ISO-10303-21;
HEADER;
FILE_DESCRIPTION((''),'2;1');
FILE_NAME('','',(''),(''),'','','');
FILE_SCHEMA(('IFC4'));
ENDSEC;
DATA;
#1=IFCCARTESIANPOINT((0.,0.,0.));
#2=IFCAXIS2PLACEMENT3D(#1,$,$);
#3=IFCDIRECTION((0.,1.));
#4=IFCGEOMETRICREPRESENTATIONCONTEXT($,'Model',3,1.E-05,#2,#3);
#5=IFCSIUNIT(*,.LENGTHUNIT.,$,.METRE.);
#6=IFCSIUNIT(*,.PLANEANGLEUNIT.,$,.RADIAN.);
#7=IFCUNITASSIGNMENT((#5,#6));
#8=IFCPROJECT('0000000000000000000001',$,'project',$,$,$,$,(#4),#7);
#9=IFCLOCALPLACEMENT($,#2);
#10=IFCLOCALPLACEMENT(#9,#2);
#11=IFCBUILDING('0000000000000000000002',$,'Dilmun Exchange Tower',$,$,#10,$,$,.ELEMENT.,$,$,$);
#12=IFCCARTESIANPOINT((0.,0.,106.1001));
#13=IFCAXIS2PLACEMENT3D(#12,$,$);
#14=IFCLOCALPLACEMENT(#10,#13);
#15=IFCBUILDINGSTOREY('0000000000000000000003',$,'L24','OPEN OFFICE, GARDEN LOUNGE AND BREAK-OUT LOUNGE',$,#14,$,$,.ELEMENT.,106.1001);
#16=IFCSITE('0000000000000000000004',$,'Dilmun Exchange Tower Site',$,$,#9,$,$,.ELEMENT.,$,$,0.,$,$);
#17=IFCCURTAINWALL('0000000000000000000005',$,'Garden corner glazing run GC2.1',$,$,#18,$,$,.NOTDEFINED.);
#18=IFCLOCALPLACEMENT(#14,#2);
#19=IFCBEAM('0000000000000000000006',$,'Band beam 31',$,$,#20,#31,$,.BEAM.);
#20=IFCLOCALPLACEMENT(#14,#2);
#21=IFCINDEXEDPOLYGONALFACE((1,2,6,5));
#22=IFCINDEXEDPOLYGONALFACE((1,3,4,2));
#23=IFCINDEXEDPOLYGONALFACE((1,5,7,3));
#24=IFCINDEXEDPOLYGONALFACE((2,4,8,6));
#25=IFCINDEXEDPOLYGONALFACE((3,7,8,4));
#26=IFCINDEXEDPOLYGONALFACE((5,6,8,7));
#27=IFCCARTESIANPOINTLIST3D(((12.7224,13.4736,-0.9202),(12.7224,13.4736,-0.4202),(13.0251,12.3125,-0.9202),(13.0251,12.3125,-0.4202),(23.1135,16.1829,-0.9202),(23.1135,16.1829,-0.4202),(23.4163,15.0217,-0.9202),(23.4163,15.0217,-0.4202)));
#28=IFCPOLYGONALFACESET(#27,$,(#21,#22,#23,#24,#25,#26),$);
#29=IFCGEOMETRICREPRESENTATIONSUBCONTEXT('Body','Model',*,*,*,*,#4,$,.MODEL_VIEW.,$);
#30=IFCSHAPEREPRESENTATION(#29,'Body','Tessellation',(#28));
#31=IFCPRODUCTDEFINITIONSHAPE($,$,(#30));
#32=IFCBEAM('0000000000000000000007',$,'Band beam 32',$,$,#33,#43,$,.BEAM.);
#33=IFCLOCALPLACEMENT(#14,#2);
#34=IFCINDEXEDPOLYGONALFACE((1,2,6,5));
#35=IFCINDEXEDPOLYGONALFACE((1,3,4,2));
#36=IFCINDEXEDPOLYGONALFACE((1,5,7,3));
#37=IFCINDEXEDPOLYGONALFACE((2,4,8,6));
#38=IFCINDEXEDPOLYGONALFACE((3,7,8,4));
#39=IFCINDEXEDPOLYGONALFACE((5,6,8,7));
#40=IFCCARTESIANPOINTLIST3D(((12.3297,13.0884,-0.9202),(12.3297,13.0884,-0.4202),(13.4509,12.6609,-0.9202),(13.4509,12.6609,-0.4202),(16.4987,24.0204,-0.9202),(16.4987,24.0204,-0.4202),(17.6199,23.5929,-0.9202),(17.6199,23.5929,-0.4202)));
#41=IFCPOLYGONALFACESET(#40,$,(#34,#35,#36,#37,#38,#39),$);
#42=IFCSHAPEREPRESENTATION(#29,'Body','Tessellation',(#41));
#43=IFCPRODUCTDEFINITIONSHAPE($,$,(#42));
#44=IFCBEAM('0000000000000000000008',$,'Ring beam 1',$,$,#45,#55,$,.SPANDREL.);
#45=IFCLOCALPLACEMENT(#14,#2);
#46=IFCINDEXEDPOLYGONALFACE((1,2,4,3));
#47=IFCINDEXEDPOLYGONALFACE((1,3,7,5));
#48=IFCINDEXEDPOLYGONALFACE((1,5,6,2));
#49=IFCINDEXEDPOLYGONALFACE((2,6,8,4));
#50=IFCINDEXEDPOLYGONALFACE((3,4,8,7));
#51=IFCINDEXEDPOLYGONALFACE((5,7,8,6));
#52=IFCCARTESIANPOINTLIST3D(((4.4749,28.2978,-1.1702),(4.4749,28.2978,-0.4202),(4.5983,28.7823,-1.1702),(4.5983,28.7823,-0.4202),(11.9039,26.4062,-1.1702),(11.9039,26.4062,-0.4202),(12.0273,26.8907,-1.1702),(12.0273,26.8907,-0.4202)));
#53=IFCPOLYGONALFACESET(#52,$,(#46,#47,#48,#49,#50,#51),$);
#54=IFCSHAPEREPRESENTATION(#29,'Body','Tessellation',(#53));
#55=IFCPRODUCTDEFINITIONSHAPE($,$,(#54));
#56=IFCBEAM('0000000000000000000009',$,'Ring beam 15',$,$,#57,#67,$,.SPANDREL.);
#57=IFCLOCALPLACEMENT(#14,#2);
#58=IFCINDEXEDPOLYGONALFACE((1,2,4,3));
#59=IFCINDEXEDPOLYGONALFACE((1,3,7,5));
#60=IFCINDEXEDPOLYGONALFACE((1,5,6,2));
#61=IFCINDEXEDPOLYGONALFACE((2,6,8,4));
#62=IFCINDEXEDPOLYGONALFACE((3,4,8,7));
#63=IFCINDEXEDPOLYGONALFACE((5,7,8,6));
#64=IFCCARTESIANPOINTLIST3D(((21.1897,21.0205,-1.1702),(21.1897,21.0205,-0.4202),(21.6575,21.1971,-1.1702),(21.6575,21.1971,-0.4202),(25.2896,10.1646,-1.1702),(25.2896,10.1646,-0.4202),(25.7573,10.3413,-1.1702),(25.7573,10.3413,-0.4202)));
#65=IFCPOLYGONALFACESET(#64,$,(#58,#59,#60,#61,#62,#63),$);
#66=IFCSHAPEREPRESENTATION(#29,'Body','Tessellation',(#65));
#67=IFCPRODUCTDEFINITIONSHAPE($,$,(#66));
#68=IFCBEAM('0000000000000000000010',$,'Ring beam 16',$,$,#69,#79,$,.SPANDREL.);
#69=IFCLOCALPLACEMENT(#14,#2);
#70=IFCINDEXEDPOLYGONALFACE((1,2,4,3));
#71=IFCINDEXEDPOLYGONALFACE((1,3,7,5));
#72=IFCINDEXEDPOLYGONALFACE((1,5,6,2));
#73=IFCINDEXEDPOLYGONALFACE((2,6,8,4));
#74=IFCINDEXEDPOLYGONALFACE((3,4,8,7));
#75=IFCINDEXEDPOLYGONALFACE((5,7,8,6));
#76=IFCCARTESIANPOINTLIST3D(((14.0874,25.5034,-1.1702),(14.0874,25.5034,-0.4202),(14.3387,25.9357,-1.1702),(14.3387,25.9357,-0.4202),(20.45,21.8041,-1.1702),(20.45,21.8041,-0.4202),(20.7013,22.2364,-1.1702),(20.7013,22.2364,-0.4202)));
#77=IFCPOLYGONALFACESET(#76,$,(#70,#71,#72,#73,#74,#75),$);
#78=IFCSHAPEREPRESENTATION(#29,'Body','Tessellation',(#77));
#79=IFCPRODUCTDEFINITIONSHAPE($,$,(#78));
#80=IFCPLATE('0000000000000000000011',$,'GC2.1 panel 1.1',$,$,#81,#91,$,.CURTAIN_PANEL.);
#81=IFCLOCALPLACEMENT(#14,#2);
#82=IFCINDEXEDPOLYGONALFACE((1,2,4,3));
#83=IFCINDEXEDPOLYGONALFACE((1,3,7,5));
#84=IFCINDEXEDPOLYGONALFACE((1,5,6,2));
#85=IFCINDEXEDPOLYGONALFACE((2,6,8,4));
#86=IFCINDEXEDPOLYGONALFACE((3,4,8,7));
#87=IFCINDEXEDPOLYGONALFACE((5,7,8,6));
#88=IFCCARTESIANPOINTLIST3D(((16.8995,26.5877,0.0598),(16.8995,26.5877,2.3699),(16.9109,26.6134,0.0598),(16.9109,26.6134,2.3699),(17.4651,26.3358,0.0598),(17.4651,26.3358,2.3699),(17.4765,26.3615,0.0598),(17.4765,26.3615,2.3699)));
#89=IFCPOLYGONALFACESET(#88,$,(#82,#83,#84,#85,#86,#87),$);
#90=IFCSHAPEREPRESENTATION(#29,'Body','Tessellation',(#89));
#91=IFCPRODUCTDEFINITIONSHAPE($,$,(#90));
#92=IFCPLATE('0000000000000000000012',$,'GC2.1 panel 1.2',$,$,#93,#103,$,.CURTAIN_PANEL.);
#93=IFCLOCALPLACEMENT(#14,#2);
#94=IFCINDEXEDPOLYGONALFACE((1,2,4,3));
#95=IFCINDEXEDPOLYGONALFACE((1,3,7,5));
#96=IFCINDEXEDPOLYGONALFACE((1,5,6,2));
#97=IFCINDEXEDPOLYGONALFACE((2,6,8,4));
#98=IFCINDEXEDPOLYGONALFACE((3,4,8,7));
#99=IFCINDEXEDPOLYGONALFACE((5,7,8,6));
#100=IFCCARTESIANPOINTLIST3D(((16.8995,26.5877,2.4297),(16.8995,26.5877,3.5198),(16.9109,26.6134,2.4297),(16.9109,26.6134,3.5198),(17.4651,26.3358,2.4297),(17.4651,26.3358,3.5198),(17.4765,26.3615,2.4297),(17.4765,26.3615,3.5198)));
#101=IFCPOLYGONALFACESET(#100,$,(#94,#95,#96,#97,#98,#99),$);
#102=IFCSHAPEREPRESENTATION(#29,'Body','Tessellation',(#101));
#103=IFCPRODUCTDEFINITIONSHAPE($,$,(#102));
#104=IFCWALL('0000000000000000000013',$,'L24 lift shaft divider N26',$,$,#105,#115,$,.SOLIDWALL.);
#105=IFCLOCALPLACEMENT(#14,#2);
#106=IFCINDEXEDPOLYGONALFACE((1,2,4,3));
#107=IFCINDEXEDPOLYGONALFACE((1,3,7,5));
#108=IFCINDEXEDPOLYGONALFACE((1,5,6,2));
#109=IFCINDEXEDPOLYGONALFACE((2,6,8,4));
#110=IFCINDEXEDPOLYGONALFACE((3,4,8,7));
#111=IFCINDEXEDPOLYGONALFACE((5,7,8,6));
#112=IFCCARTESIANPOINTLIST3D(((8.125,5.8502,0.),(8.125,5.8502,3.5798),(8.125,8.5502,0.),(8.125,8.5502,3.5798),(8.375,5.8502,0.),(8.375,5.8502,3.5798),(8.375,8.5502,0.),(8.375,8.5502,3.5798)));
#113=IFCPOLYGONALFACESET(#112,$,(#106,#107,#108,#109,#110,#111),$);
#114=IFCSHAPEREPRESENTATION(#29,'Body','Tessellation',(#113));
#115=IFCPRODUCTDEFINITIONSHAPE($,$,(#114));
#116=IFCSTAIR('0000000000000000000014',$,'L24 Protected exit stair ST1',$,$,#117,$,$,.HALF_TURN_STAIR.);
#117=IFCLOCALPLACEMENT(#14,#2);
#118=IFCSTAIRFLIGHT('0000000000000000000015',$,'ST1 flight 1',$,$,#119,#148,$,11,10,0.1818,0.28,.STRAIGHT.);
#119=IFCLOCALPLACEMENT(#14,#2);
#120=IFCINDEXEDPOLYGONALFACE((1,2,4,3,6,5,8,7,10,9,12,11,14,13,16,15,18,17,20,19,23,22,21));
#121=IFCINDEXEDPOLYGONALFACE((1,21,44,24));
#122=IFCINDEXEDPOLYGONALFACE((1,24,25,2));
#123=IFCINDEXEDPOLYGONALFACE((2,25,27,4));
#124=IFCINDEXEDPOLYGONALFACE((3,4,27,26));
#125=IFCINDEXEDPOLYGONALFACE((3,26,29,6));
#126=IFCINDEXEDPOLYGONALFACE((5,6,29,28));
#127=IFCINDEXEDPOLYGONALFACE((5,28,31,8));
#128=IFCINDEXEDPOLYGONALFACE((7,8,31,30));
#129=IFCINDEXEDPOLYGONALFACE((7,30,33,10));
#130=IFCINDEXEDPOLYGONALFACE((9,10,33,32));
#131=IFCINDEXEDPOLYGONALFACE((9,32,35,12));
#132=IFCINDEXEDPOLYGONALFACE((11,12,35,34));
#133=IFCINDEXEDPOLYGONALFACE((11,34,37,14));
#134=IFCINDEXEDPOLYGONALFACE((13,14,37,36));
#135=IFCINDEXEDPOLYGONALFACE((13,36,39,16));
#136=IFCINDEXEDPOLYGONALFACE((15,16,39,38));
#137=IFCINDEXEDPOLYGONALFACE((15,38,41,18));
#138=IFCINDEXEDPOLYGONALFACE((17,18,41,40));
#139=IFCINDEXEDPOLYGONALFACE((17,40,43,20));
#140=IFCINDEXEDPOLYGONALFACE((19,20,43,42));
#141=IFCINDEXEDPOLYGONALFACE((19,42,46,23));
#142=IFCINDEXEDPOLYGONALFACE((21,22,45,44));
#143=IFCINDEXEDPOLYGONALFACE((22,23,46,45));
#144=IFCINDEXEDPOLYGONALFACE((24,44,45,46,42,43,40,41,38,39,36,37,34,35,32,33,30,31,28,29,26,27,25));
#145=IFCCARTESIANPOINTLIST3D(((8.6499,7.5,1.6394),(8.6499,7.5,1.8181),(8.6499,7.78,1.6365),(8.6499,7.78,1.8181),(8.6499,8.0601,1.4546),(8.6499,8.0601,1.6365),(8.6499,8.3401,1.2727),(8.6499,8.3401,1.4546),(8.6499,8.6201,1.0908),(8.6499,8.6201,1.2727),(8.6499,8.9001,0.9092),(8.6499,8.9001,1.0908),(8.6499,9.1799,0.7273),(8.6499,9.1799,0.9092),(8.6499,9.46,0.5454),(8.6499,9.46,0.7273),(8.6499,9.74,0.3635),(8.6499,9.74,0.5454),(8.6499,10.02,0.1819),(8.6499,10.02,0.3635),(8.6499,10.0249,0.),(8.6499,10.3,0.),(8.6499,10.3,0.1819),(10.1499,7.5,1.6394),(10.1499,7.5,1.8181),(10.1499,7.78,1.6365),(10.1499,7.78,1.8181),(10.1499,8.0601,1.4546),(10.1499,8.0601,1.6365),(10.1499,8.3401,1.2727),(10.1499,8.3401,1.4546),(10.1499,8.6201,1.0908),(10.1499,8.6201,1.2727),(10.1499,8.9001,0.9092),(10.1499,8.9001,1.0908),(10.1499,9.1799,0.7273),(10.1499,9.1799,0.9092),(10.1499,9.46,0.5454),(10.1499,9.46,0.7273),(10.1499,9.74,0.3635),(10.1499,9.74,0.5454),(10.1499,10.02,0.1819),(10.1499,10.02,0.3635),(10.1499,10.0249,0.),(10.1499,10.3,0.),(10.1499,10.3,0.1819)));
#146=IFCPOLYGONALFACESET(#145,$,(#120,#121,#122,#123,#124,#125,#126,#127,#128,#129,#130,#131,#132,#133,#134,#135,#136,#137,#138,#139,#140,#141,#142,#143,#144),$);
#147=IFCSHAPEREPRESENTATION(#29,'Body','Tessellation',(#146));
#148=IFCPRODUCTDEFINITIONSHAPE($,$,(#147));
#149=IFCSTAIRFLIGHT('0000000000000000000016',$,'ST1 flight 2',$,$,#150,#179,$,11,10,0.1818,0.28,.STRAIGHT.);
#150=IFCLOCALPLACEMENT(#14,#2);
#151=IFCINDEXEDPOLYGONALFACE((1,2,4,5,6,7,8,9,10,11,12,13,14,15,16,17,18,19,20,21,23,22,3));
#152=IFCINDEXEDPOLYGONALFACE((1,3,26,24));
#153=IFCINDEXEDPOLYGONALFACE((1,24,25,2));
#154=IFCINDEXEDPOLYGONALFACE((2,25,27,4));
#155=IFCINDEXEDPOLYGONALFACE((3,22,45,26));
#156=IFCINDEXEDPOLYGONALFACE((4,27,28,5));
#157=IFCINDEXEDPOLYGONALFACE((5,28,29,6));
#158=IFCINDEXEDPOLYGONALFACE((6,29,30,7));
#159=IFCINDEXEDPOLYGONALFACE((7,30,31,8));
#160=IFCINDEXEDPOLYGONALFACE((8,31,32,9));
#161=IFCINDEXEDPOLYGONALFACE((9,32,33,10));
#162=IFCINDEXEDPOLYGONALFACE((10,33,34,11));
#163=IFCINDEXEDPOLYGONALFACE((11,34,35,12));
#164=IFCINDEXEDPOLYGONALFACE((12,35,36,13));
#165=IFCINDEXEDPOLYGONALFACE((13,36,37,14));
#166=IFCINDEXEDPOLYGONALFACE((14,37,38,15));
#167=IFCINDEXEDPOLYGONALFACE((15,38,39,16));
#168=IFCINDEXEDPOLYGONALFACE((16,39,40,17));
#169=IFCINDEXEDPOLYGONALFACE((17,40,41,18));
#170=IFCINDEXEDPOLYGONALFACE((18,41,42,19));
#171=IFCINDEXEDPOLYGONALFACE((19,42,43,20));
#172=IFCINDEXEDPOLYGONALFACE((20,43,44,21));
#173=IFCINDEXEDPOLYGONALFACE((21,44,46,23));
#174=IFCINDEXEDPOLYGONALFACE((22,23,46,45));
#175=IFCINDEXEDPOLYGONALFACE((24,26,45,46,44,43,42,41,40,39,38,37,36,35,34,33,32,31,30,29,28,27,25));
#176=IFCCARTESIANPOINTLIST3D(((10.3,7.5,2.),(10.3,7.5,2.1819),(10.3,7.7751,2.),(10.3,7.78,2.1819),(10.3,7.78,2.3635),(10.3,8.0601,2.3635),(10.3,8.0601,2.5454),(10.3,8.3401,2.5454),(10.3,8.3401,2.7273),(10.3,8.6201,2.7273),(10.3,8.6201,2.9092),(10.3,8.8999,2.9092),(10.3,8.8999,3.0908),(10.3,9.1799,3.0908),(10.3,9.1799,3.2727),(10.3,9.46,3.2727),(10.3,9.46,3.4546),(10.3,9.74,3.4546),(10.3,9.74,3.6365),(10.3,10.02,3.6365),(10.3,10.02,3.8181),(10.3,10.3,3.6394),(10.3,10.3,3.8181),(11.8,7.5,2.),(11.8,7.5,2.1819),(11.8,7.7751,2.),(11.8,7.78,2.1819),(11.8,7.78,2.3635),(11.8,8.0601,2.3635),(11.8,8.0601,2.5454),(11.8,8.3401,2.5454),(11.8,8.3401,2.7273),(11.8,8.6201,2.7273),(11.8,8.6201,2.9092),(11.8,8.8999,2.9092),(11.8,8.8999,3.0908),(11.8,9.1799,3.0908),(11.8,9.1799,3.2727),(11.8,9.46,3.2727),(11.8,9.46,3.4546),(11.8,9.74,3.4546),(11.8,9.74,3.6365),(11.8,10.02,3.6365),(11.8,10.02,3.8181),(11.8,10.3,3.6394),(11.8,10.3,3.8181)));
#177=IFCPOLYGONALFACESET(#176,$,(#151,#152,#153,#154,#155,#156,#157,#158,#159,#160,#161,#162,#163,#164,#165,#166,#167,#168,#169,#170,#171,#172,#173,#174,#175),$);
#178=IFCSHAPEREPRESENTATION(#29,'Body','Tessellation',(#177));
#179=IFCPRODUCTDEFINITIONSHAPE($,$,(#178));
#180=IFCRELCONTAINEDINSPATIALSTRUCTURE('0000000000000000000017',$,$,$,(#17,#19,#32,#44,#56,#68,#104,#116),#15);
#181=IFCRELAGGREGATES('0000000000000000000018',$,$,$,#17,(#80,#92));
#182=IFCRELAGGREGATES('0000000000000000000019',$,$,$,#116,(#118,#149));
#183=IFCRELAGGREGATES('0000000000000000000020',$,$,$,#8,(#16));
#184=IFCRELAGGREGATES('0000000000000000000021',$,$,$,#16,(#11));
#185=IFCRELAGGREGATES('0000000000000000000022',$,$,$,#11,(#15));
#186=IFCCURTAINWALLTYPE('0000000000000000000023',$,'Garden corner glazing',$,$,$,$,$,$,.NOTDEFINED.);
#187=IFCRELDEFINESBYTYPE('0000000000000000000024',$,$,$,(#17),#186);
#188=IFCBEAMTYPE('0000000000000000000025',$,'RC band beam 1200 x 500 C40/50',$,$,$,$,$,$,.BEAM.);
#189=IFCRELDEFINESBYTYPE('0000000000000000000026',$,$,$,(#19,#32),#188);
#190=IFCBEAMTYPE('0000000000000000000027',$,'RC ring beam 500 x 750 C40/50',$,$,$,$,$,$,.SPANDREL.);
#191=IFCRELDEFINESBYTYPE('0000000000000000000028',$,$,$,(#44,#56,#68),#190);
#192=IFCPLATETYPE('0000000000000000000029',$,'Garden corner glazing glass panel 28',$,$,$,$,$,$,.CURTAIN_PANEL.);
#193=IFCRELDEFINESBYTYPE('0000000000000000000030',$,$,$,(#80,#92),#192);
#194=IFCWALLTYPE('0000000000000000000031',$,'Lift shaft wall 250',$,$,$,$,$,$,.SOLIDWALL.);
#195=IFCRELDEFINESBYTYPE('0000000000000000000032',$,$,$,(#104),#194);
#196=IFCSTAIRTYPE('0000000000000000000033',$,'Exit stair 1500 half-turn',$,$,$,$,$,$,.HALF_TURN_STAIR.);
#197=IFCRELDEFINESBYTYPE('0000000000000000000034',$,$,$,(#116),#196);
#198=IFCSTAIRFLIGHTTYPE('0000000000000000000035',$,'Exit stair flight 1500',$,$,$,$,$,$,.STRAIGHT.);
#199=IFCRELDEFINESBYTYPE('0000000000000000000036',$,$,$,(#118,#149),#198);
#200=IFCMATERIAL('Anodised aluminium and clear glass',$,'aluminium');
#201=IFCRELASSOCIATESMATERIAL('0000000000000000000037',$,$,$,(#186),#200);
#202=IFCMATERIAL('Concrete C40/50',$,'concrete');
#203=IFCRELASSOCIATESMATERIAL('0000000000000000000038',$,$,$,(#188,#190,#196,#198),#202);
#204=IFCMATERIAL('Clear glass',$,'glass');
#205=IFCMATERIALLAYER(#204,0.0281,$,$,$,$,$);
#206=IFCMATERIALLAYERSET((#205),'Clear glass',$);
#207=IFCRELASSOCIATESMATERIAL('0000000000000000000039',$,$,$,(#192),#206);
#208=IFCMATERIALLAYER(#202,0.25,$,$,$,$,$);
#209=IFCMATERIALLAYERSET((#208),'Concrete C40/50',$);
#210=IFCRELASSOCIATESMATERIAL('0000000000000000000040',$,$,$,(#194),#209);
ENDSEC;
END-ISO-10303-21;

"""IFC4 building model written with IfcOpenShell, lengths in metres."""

from ifc_helpers import new_model, si_unit, direction, frame, frame_2d, origin, origin_2d, place, context, subcontext, project, spatial, polyline, rectangle, outline, extrude, material, layer, layer_set, material_profile, profile_set, type_object, element, aggregate, save


model = new_model("IFC4")

# Units and contexts
model_context = context("Model", 3, precision=1e-05, world=origin(), true_north=direction((0.0, 1.0)))
body_context = subcontext(model_context, "Body", "Model", "MODEL_VIEW")
ifc_project = project(units=[si_unit("LENGTHUNIT", "METRE"), si_unit("PLANEANGLEUNIT", "RADIAN")], contexts=[model_context])

# Site, building, storey
site_placement = place(None, origin())
site = spatial("IfcSite", under=ifc_project, at=site_placement, Name="Dilmun Exchange Tower Site", CompositionType="ELEMENT", RefElevation=0.0)
building_placement = place(site_placement, origin())
building = spatial("IfcBuilding", under=site, at=building_placement, Name="Dilmun Exchange Tower", CompositionType="ELEMENT")
storey_placement = place(building_placement, frame((0.0, 0.0, 106.1001)))
storey = spatial("IfcBuildingStorey", under=building, at=storey_placement, Name="L24", Description="OPEN OFFICE, GARDEN LOUNGE AND BREAK-OUT LOUNGE", CompositionType="ELEMENT", Elevation=106.1001)

# Shared definitions
ifc_material_1 = material(Name="Anodised aluminium and clear glass", Category="aluminium")
curtain_wall_type = type_object("IfcCurtainWallType", Name="Garden corner glazing", PredefinedType="NOTDEFINED", material=ifc_material_1)

# Curtain wall
curtain_wall_1_placement = place(storey_placement, origin())
curtain_wall_1 = element("IfcCurtainWall", 1, at=curtain_wall_1_placement, inside=storey, type_object=curtain_wall_type, Name="Garden corner glazing run GC2.1", PredefinedType="NOTDEFINED")

# Beams
ifc_material_2 = material(Name="Concrete C40/50", Category="concrete")
ifc_material_profile_1 = material_profile(ifc_material_2, rectangle(XDim=1.2, YDim=0.5, at=origin_2d()), Name="1200 x 500")
ifc_profile_set_1 = profile_set([ifc_material_profile_1], Name="Concrete C40/50")
beam_type_1 = type_object("IfcBeamType", Name="RC band beam 1200 x 500 C40/50", PredefinedType="BEAM", material=ifc_profile_set_1)
beam_1_placement = place(storey_placement, frame((23.2649, 15.6023, -0.6702), z_axis=(-0.967651, -0.252291, 0.0), x_axis=(0.252291, -0.967651, 0.0)))
element("IfcBeam", 2, at=beam_1_placement, inside=storey, type_object=beam_type_1, Name="Band beam 31", PredefinedType="BEAM", context=body_context, shape_type="SweptSolid", body=[
    extrude(rectangle(XDim=1.2, YDim=0.5, at=origin_2d()), origin(), (0.0, 0.0, 1.0), 10.7385),
])
beam_2_placement = place(storey_placement, frame((17.0593, 23.8066, -0.6702), z_axis=(-0.356325, -0.934362, 0.0), x_axis=(0.934362, -0.356325, 0.0)))
element("IfcBeam", 3, at=beam_2_placement, inside=storey, type_object=beam_type_1, Name="Band beam 32", PredefinedType="BEAM", context=body_context, shape_type="SweptSolid", body=[
    extrude(rectangle(XDim=1.2, YDim=0.5, at=origin_2d()), origin(), (0.0, 0.0, 1.0), 11.7),
])
ifc_material_profile_2 = material_profile(ifc_material_2, rectangle(XDim=0.5, YDim=0.75, at=origin_2d()), Name="500 x 750")
ifc_profile_set_2 = profile_set([ifc_material_profile_2], Name="Concrete C40/50")
beam_type_2 = type_object("IfcBeamType", Name="RC ring beam 500 x 750 C40/50", PredefinedType="SPANDREL", material=ifc_profile_set_2)
beam_3_placement = place(storey_placement, frame((11.9656, 26.6484, -0.7952), z_axis=(-0.969079, 0.246752, 0.0), x_axis=(-0.246752, -0.969079, 0.0)))
element("IfcBeam", 4, at=beam_3_placement, inside=storey, type_object=beam_type_2, Name="Ring beam 1", PredefinedType="SPANDREL", context=body_context, shape_type="SweptSolid", body=[
    extrude(rectangle(XDim=0.5, YDim=0.75, at=origin_2d()), origin(), (0.0, 0.0, 1.0), 7.666),
])
beam_4_placement = place(storey_placement, frame((25.5234, 10.2529, -0.7952), z_axis=(-0.353304, 0.935509, 0.0), x_axis=(-0.935509, -0.353304, 0.0)))
element("IfcBeam", 5, at=beam_4_placement, inside=storey, type_object=beam_type_2, Name="Ring beam 15", PredefinedType="SPANDREL", context=body_context, shape_type="SweptSolid", body=[
    extrude(rectangle(XDim=0.5, YDim=0.75, at=origin_2d()), origin(), (0.0, 0.0, 1.0), 11.6042),
])
beam_5_placement = place(storey_placement, frame((20.5757, 22.0203, -0.7952), z_axis=(-0.864503, 0.502627, 0.0), x_axis=(-0.502627, -0.864503, 0.0)))
element("IfcBeam", 6, at=beam_5_placement, inside=storey, type_object=beam_type_2, Name="Ring beam 16", PredefinedType="SPANDREL", context=body_context, shape_type="SweptSolid", body=[
    extrude(rectangle(XDim=0.5, YDim=0.75, at=origin_2d()), origin(), (0.0, 0.0, 1.0), 7.3599),
])

# Plates
ifc_material_3 = material(Name="Clear glass", Category="glass")
ifc_layer_1 = layer(ifc_material_3, 0.0281)
ifc_layer_set_1 = layer_set([ifc_layer_1], Name="Clear glass")
plate_type = type_object("IfcPlateType", Name="Garden corner glazing glass panel 28", PredefinedType="CURTAIN_PANEL", material=ifc_layer_set_1)
plate_1_placement = place(storey_placement, frame((17.188, 26.4746, 0.0598), z_axis=(0.0, 0.0, 1.0), x_axis=(-0.913504, 0.406829, 0.0)))
plate_1 = element("IfcPlate", 7, at=plate_1_placement, type_object=plate_type, Name="GC2.1 panel 1.1", PredefinedType="CURTAIN_PANEL", context=body_context, shape_type="SweptSolid", body=[
    extrude(rectangle(XDim=0.6191, YDim=0.0281, at=origin_2d()), origin(), (0.0, 0.0, 1.0), 2.3101),
])
plate_2_placement = place(storey_placement, frame((17.188, 26.4746, 2.4297), z_axis=(0.0, 0.0, 1.0), x_axis=(-0.913504, 0.406829, 0.0)))
plate_2 = element("IfcPlate", 8, at=plate_2_placement, type_object=plate_type, Name="GC2.1 panel 1.2", PredefinedType="CURTAIN_PANEL", context=body_context, shape_type="SweptSolid", body=[
    extrude(rectangle(XDim=0.6191, YDim=0.0281, at=origin_2d()), origin(), (0.0, 0.0, 1.0), 1.0901),
])
aggregate(curtain_wall_1, [plate_1, plate_2])

# Wall
ifc_layer_2 = layer(ifc_material_2, 0.25)
ifc_layer_set_2 = layer_set([ifc_layer_2], Name="Concrete C40/50")
wall_type_1 = type_object("IfcWallType", Name="Lift shaft wall 250", PredefinedType="SOLIDWALL", material=ifc_layer_set_2)
wall_1_placement = place(storey_placement, frame((8.25, 5.8501, 0.0), z_axis=(0.0, 0.0, 1.0), x_axis=(0.0, 1.0, 0.0)))
element("IfcWall", 9, at=wall_1_placement, inside=storey, type_object=wall_type_1, Name="L24 lift shaft divider N26", PredefinedType="SOLIDWALL", context=body_context, shape_type="SweptSolid", body=[
    extrude(rectangle(XDim=2.7, YDim=0.25, at=frame_2d((1.3501, 0.0))), origin(), (0.0, 0.0, 1.0), 3.5798),
])

# Stair, stair flights
stair_type = type_object("IfcStairType", Name="Exit stair 1500 half-turn", PredefinedType="HALF_TURN_STAIR", material=ifc_material_2)
stair_placement = place(storey_placement, origin())
stair = element("IfcStair", 10, at=stair_placement, inside=storey, type_object=stair_type, Name="L24 Protected exit stair ST1", PredefinedType="HALF_TURN_STAIR")
stair_flight_type = type_object("IfcStairFlightType", Name="Exit stair flight 1500", PredefinedType="STRAIGHT", material=ifc_material_2)
stair_flight_1_placement = place(storey_placement, frame((9.3999, 10.3, 0.0), z_axis=(0.0, 0.0, 1.0), x_axis=(0.0, -1.0, 0.0)))
stair_flight_1 = element("IfcStairFlight", 11, at=stair_flight_1_placement, type_object=stair_flight_type, Name="ST1 flight 1", NumberOfRisers=11, NumberOfTreads=10, PredefinedType="STRAIGHT", RiserHeight=0.1818, TreadLength=0.28, context=body_context, shape_type="SweptSolid", body=[
    extrude(outline(polyline([(0.0, 0.0), (0.0, 0.1819), (0.28, 0.1819), (0.28, 0.3635), (0.5601, 0.3635), (0.5601, 0.5454), (0.8401, 0.5454), (0.8401, 0.7273), (1.1201, 0.7273), (1.1201, 0.9092), (1.3999, 0.9092), (1.3999, 1.0908), (1.6799, 1.0908), (1.6799, 1.2727), (1.96, 1.2727), (1.96, 1.4546), (2.24, 1.4546), (2.24, 1.6365), (2.52, 1.6365), (2.52, 1.8181), (2.8, 1.8181), (2.8, 2.0), (2.8, 1.6394), (0.2751, 0.0), (0.0, 0.0)])), frame((0.0, 0.75, 0.0), z_axis=(0.0, -1.0, 0.0), x_axis=(1.0, 0.0, 0.0)), (0.0, 0.0, 1.0), 1.5),
])
stair_flight_2_placement = place(storey_placement, frame((11.05, 7.5, 2.0), z_axis=(0.0, 0.0, 1.0), x_axis=(0.0, 1.0, 0.0)))
stair_flight_2 = element("IfcStairFlight", 12, at=stair_flight_2_placement, type_object=stair_flight_type, Name="ST1 flight 2", NumberOfRisers=11, NumberOfTreads=10, PredefinedType="STRAIGHT", RiserHeight=0.1818, TreadLength=0.28, context=body_context, shape_type="SweptSolid", body=[
    extrude(outline(polyline([(0.0, 0.0), (0.0, 0.1819), (0.28, 0.1819), (0.28, 0.3635), (0.5601, 0.3635), (0.5601, 0.5454), (0.8401, 0.5454), (0.8401, 0.7273), (1.1201, 0.7273), (1.1201, 0.9092), (1.3999, 0.9092), (1.3999, 1.0908), (1.6799, 1.0908), (1.6799, 1.2727), (1.96, 1.2727), (1.96, 1.4546), (2.24, 1.4546), (2.24, 1.6365), (2.52, 1.6365), (2.52, 1.8181), (2.8, 1.8181), (2.8, 2.0), (2.8, 1.6394), (0.2751, 0.0), (0.0, 0.0)])), frame((0.0, 0.75, 0.0), z_axis=(0.0, -1.0, 0.0), x_axis=(1.0, 0.0, 0.0)), (0.0, 0.0, 1.0), 1.5),
])
aggregate(stair, [stair_flight_1, stair_flight_2])

save(model, "model.ifc")
